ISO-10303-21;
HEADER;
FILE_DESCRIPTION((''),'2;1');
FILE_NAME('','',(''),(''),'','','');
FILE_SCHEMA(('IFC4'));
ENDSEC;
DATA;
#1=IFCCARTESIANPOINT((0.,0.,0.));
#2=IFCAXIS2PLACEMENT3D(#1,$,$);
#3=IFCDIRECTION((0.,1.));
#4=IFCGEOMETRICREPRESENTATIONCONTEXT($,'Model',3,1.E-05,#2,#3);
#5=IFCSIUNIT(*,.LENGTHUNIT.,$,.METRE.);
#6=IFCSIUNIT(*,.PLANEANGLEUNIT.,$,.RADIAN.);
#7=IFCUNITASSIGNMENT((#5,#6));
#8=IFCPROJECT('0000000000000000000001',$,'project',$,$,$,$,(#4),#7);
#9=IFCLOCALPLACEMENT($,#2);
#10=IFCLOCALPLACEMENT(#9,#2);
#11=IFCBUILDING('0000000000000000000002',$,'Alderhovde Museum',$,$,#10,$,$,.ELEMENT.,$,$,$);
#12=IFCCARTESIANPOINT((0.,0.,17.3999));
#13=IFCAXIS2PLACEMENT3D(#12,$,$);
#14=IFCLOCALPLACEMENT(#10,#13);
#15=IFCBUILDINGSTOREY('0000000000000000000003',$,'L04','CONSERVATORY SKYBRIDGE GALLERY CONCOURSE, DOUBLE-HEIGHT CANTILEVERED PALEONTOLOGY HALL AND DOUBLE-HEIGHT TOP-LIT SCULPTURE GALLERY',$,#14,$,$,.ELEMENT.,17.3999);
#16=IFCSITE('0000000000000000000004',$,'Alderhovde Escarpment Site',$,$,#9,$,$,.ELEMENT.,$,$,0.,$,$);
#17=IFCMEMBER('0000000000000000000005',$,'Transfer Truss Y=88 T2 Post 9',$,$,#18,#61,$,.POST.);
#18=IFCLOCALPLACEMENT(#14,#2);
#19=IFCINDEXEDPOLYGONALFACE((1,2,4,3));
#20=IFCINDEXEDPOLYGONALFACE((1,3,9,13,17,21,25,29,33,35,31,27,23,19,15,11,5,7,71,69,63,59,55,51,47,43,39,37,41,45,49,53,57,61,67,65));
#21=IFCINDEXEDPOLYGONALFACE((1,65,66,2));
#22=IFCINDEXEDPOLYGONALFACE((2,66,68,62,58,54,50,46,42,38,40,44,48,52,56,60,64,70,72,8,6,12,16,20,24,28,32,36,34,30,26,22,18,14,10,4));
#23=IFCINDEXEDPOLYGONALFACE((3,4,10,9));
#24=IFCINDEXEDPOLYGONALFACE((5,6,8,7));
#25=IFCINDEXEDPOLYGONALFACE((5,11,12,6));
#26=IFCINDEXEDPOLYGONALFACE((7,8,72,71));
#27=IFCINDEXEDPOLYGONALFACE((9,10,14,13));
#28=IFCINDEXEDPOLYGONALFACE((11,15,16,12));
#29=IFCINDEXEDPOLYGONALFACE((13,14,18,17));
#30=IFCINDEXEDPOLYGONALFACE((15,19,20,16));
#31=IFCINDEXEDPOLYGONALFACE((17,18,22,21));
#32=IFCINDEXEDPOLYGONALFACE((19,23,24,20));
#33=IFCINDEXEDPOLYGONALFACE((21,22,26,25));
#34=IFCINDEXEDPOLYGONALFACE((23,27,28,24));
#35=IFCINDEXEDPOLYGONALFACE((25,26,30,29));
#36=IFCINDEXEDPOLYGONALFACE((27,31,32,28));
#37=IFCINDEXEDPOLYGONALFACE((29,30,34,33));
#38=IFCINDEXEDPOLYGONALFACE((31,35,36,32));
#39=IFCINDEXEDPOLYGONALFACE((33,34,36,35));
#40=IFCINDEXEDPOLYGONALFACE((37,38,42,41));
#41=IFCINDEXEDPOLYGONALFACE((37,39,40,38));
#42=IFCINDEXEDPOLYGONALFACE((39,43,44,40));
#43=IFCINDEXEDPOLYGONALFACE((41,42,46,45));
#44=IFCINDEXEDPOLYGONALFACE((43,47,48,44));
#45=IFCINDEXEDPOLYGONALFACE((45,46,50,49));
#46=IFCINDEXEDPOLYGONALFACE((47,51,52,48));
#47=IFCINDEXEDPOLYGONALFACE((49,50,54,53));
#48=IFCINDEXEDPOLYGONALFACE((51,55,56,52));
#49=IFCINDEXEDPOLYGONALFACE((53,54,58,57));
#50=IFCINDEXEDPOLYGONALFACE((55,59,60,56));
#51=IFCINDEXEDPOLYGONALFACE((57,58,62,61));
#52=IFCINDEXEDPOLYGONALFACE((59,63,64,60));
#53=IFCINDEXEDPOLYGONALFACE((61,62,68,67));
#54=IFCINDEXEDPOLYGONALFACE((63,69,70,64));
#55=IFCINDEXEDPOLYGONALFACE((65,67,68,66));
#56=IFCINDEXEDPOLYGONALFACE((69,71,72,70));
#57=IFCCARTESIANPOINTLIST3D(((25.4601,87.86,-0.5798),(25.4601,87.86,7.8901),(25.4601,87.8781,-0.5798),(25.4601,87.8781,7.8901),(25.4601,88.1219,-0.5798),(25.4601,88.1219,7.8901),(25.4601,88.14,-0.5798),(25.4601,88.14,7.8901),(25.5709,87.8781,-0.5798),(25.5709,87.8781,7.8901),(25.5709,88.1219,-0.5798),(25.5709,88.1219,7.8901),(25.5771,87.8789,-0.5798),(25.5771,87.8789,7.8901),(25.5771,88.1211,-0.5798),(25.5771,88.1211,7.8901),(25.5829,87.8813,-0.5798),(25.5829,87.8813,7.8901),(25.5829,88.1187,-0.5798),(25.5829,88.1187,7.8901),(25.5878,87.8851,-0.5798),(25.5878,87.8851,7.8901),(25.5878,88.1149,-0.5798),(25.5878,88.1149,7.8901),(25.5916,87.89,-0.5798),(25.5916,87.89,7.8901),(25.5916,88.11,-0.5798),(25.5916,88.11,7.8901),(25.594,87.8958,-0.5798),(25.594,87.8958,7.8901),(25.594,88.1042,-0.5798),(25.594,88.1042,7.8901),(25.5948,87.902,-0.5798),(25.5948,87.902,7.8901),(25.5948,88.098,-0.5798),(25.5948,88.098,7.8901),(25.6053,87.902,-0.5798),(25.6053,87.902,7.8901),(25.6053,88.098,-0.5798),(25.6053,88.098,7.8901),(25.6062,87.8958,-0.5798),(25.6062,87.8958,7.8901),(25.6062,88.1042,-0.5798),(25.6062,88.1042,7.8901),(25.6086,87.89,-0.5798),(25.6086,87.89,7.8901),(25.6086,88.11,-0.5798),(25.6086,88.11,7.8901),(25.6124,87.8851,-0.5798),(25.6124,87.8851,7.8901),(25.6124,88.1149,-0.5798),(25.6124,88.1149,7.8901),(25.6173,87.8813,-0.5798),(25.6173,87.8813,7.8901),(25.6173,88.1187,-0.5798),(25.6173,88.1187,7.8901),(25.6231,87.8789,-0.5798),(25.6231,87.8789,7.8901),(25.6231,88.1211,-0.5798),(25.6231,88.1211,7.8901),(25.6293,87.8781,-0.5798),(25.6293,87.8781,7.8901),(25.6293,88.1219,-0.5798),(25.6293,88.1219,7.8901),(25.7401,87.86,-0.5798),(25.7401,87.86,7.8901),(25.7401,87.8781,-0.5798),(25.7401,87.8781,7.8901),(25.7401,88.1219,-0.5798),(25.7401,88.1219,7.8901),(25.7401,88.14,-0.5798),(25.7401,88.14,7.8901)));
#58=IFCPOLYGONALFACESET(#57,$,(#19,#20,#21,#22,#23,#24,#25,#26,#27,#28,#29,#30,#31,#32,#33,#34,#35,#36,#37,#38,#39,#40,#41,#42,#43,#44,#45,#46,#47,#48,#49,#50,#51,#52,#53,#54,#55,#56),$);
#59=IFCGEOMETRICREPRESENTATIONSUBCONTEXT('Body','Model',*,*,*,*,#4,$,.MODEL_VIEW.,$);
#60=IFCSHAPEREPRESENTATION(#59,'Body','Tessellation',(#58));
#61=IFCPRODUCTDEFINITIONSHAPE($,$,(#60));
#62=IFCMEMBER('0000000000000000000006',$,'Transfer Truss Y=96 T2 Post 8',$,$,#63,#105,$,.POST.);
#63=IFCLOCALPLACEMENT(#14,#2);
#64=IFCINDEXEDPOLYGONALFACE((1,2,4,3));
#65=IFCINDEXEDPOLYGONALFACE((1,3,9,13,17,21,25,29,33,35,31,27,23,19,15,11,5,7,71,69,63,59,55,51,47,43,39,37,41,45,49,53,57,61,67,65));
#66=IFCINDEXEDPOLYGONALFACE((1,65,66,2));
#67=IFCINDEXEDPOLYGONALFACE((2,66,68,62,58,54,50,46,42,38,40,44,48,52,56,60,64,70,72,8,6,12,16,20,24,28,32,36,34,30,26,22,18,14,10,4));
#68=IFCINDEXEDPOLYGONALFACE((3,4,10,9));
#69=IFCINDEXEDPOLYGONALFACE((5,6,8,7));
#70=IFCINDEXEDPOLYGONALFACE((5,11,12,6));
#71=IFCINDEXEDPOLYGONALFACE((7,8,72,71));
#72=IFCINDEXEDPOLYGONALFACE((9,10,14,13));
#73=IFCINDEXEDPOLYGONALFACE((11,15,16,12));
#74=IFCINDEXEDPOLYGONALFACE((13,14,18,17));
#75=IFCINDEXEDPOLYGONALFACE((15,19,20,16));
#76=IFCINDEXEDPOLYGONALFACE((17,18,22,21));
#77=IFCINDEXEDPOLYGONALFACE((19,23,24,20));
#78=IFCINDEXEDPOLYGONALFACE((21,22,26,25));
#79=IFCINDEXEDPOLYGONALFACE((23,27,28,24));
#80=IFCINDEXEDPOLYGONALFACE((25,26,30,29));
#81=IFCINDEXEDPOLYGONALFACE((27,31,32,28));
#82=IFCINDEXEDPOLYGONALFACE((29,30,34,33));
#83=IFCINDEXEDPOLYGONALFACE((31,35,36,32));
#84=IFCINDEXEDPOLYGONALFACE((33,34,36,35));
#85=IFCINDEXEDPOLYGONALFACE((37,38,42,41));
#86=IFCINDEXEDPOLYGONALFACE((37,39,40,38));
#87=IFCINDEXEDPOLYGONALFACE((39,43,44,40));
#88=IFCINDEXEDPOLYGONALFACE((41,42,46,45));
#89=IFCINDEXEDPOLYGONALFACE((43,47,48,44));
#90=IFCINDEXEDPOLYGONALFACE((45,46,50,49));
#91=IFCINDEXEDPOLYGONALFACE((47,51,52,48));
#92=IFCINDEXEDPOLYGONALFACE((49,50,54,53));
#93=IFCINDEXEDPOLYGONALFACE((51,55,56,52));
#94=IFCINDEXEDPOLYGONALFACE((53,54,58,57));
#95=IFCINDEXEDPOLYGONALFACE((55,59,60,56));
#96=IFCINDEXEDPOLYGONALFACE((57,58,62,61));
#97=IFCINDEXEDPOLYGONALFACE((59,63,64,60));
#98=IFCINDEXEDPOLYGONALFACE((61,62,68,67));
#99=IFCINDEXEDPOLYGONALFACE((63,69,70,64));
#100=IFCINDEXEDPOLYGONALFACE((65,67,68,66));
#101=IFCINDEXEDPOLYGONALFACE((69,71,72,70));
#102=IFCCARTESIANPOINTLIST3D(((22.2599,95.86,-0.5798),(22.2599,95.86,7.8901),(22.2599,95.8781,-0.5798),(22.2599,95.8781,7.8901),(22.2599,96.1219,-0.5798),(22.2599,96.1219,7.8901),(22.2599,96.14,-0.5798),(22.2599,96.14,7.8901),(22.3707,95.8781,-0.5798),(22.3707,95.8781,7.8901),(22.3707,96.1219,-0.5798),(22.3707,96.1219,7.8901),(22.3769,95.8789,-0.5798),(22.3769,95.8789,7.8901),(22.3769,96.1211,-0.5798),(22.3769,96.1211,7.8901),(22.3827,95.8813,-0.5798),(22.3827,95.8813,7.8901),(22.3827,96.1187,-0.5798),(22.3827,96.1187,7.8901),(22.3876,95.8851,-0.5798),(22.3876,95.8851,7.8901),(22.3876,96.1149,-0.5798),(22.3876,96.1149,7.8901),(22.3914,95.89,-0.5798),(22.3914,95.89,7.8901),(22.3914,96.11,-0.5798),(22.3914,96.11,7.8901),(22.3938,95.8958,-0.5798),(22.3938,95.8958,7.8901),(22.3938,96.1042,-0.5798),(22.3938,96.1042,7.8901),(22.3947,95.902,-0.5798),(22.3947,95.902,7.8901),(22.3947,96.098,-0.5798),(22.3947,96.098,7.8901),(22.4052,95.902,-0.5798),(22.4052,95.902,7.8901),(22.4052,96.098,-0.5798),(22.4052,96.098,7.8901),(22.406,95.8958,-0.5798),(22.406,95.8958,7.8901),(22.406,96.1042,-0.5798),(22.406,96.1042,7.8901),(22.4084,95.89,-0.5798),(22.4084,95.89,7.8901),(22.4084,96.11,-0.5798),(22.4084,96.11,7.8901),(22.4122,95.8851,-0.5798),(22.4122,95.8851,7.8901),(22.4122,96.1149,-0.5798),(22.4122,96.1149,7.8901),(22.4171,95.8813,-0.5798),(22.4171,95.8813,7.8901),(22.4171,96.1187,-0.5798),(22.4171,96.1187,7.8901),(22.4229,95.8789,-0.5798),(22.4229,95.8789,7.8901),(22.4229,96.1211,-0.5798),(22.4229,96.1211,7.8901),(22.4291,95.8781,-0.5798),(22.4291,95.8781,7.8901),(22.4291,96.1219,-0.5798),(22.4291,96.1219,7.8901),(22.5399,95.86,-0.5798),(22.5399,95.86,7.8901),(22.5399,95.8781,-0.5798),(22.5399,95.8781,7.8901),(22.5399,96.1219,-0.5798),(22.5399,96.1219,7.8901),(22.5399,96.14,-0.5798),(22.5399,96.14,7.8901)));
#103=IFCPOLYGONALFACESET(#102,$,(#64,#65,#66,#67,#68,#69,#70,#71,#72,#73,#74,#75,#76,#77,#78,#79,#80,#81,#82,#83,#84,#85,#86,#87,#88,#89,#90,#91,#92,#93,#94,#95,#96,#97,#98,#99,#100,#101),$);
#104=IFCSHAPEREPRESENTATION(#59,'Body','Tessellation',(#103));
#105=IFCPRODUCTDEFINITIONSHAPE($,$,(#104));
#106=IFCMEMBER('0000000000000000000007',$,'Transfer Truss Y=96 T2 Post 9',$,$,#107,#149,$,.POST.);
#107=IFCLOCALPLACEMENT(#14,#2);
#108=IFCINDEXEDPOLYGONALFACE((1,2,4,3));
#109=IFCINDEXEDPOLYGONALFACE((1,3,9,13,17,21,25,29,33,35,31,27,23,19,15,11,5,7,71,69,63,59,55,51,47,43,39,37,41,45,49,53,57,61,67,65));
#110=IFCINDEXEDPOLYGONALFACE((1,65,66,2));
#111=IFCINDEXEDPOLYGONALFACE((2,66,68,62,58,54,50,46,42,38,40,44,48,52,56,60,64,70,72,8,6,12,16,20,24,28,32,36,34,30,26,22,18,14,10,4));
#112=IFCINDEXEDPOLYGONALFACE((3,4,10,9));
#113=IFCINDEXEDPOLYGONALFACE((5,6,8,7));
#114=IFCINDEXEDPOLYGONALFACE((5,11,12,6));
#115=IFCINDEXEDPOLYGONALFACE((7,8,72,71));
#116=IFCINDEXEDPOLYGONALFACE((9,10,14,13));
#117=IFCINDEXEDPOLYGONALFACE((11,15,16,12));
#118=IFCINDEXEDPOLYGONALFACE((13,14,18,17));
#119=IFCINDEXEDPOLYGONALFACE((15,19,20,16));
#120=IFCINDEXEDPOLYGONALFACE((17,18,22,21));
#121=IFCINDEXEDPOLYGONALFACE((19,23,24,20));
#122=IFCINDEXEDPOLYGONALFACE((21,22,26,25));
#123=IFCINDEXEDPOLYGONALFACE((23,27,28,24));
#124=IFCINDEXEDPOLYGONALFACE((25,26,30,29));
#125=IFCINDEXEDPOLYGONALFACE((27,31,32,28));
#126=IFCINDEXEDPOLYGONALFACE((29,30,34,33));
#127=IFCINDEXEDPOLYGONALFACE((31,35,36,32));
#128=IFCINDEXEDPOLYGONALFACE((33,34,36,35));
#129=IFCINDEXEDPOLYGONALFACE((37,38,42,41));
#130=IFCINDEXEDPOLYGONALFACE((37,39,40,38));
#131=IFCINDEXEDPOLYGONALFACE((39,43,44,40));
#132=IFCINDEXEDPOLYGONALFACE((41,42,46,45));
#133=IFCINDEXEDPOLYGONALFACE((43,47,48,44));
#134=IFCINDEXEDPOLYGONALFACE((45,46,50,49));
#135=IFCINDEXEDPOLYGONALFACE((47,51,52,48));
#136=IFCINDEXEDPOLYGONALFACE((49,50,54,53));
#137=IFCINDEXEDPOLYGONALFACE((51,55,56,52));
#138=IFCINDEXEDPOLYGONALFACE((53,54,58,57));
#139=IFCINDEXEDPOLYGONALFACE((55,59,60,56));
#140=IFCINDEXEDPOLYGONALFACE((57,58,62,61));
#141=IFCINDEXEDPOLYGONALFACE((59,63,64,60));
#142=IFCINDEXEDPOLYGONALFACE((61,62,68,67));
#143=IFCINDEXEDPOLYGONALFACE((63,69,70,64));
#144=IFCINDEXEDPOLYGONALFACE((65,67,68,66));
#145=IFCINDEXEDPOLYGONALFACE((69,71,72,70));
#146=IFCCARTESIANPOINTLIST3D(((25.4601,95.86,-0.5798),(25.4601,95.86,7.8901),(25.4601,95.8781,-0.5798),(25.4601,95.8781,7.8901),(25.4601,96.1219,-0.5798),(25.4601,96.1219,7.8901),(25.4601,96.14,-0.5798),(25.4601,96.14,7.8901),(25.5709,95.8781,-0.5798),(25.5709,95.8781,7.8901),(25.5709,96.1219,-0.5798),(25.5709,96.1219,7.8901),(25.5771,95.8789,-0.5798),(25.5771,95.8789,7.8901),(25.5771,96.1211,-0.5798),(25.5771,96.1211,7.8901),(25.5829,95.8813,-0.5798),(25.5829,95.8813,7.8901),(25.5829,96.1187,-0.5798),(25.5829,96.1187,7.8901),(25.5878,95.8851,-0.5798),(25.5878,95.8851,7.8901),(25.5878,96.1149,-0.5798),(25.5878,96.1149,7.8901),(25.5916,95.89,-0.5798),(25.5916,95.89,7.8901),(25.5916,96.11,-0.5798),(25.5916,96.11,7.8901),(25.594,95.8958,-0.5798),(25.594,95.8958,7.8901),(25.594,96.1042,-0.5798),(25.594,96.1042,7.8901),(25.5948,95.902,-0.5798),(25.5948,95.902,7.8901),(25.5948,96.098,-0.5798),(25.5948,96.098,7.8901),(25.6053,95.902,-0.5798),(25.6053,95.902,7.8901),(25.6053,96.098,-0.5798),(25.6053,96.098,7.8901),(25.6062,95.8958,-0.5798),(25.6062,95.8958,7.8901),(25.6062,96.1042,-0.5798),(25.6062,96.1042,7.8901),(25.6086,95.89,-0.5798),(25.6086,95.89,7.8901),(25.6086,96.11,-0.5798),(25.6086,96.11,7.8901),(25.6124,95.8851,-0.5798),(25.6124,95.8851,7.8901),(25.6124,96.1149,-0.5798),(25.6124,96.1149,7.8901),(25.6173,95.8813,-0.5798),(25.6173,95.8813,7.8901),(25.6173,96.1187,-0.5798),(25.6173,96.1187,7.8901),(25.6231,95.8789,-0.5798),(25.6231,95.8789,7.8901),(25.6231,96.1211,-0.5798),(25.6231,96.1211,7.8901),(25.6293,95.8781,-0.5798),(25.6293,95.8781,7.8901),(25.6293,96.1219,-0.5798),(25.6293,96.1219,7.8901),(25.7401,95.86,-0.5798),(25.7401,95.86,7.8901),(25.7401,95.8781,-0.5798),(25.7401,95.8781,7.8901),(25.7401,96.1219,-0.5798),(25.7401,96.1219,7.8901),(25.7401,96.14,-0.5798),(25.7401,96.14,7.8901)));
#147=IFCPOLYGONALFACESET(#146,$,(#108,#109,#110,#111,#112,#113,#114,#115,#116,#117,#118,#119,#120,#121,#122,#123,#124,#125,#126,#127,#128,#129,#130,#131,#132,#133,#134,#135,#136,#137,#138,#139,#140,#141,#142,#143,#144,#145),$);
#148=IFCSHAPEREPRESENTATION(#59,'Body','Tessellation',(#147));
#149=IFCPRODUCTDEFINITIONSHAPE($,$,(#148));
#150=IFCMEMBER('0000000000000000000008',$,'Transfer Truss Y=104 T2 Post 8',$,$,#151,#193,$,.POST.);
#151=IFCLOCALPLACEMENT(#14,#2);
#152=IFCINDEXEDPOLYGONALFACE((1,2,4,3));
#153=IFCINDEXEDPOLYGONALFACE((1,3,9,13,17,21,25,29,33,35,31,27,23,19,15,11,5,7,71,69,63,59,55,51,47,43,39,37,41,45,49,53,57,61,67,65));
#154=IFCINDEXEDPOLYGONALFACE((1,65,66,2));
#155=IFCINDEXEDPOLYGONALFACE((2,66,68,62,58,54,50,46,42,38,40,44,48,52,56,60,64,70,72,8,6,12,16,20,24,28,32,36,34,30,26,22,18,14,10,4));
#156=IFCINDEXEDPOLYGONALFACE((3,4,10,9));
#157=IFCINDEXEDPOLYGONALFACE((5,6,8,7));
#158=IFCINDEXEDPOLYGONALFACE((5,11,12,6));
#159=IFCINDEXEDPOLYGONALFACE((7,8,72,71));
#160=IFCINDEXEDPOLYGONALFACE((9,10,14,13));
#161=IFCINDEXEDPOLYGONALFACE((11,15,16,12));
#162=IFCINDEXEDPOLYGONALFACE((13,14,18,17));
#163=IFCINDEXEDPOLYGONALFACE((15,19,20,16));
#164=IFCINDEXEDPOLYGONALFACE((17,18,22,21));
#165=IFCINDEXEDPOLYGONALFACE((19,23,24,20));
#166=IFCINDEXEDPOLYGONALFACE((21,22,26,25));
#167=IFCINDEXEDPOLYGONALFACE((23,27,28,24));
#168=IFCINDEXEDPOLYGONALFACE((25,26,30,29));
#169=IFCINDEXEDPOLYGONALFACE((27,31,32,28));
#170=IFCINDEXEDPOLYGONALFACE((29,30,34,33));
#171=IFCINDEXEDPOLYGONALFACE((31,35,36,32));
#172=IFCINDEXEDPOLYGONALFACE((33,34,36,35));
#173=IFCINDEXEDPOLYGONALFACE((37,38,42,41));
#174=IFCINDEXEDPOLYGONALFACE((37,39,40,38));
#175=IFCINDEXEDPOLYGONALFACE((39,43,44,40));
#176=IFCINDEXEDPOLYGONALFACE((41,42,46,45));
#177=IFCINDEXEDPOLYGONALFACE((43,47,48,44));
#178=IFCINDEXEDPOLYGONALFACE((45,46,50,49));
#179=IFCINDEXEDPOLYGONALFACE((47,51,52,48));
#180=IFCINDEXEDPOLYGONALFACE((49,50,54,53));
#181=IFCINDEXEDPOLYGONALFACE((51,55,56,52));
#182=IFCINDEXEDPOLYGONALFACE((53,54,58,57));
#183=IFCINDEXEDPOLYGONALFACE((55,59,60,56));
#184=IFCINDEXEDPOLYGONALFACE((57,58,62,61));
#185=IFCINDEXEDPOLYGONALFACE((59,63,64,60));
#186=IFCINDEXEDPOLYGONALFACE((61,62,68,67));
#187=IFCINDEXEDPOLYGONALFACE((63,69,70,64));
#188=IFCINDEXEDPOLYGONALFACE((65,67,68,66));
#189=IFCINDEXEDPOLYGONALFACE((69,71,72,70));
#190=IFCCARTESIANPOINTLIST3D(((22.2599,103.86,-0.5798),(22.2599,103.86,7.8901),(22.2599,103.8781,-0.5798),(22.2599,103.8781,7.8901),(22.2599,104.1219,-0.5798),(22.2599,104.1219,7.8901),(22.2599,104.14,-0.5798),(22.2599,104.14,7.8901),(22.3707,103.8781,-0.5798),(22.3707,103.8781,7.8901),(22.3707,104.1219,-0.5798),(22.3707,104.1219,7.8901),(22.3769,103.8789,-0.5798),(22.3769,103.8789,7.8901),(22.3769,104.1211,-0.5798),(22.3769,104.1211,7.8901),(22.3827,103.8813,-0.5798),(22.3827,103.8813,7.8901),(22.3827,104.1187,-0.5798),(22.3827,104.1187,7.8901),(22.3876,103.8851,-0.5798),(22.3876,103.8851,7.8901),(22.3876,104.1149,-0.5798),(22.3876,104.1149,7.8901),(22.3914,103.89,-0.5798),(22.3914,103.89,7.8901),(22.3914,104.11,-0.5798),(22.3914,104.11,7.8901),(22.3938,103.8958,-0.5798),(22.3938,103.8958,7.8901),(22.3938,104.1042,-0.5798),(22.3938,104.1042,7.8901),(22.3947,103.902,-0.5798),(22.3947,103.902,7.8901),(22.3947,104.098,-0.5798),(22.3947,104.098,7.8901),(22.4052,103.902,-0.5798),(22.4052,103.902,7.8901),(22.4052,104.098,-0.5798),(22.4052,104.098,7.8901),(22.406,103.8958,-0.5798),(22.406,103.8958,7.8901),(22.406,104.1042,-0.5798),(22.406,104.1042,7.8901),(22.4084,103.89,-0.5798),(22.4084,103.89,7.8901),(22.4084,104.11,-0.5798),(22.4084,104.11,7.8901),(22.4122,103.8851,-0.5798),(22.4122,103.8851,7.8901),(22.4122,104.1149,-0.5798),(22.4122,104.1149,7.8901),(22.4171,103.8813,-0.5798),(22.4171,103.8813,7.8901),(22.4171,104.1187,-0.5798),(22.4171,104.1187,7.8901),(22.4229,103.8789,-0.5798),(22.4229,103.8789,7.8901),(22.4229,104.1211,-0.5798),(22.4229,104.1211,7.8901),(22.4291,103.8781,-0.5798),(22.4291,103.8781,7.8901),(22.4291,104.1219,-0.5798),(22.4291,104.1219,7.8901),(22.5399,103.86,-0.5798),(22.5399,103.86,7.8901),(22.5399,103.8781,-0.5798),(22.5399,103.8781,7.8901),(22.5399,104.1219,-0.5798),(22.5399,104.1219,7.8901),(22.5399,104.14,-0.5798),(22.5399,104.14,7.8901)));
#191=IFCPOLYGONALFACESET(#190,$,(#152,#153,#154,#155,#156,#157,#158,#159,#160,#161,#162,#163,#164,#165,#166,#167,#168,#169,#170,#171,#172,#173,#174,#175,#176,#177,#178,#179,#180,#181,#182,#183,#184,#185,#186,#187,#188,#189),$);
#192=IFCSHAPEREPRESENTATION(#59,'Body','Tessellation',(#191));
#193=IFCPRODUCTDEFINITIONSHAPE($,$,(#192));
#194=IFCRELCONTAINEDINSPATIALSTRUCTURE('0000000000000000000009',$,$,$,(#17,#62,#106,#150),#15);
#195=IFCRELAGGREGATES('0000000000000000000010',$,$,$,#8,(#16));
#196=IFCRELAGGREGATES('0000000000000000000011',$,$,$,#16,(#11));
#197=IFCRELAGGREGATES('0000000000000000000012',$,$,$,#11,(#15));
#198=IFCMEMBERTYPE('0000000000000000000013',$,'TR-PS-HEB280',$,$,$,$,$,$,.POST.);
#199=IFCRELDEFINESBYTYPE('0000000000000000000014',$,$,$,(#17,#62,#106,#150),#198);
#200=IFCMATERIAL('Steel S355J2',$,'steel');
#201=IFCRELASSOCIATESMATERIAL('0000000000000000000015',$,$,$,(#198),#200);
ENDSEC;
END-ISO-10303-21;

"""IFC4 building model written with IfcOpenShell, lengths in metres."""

from ifc_helpers import new_model, si_unit, direction, frame, origin, origin_2d, place, context, subcontext, project, spatial, i_section, extrude, material, material_profile, profile_set, type_object, element, save


model = new_model("IFC4")

# Units and contexts
model_context = context("Model", 3, precision=1e-05, world=origin(), true_north=direction((0.0, 1.0)))
body_context = subcontext(model_context, "Body", "Model", "MODEL_VIEW")
ifc_project = project(units=[si_unit("LENGTHUNIT", "METRE"), si_unit("PLANEANGLEUNIT", "RADIAN")], contexts=[model_context])

# Site, building, storey
site_placement = place(None, origin())
site = spatial("IfcSite", under=ifc_project, at=site_placement, Name="Alderhovde Escarpment Site", CompositionType="ELEMENT", RefElevation=0.0)
building_placement = place(site_placement, origin())
building = spatial("IfcBuilding", under=site, at=building_placement, Name="Alderhovde Museum", CompositionType="ELEMENT")
storey_placement = place(building_placement, frame((0.0, 0.0, 17.3999)))
storey = spatial("IfcBuildingStorey", under=building, at=storey_placement, Name="L04", Description="CONSERVATORY SKYBRIDGE GALLERY CONCOURSE, DOUBLE-HEIGHT CANTILEVERED PALEONTOLOGY HALL AND DOUBLE-HEIGHT TOP-LIT SCULPTURE GALLERY", CompositionType="ELEMENT", Elevation=17.3999)

# Members
ifc_material_1 = material(Name="Steel S355J2", Category="steel")
ifc_material_profile_1 = material_profile(ifc_material_1, i_section(OverallWidth=0.28, OverallDepth=0.28, WebThickness=0.0105, FlangeThickness=0.0181, FilletRadius=0.0239, at=origin_2d()), Name="HEB 280")
ifc_profile_set_1 = profile_set([ifc_material_profile_1], Name="Steel S355J2")
member_type_1 = type_object("IfcMemberType", Name="TR-PS-HEB280", PredefinedType="POST", material=ifc_profile_set_1)
for number, where, z_axis, x_axis, name in (
    (1, (25.6001, 88.0, -0.5798), (0.0, 0.0, 1.0), (1.0, 0.0, 0.0), "Transfer Truss Y=88 T2 Post 9"),
    (2, (22.3999, 96.0, -0.5798), (0.0, 0.0, 1.0), (1.0, 0.0, 0.0), "Transfer Truss Y=96 T2 Post 8"),
    (3, (25.6001, 96.0, -0.5798), (0.0, 0.0, 1.0), (1.0, 0.0, 0.0), "Transfer Truss Y=96 T2 Post 9"),
    (4, (22.3999, 104.0, -0.5798), (0.0, 0.0, 1.0), (1.0, 0.0, 0.0), "Transfer Truss Y=104 T2 Post 8"),
):
    element("IfcMember", number, at=place(storey_placement, frame(where, z_axis=z_axis, x_axis=x_axis)), inside=storey, type_object=member_type_1, Name=name, PredefinedType="POST", context=body_context, shape_type="SweptSolid", body=[
        extrude(i_section(OverallWidth=0.28, OverallDepth=0.28, WebThickness=0.0105, FlangeThickness=0.0181, FilletRadius=0.0239, at=origin_2d()), origin(), (0.0, 0.0, 1.0), 8.47),
    ])

save(model, "model.ifc")
